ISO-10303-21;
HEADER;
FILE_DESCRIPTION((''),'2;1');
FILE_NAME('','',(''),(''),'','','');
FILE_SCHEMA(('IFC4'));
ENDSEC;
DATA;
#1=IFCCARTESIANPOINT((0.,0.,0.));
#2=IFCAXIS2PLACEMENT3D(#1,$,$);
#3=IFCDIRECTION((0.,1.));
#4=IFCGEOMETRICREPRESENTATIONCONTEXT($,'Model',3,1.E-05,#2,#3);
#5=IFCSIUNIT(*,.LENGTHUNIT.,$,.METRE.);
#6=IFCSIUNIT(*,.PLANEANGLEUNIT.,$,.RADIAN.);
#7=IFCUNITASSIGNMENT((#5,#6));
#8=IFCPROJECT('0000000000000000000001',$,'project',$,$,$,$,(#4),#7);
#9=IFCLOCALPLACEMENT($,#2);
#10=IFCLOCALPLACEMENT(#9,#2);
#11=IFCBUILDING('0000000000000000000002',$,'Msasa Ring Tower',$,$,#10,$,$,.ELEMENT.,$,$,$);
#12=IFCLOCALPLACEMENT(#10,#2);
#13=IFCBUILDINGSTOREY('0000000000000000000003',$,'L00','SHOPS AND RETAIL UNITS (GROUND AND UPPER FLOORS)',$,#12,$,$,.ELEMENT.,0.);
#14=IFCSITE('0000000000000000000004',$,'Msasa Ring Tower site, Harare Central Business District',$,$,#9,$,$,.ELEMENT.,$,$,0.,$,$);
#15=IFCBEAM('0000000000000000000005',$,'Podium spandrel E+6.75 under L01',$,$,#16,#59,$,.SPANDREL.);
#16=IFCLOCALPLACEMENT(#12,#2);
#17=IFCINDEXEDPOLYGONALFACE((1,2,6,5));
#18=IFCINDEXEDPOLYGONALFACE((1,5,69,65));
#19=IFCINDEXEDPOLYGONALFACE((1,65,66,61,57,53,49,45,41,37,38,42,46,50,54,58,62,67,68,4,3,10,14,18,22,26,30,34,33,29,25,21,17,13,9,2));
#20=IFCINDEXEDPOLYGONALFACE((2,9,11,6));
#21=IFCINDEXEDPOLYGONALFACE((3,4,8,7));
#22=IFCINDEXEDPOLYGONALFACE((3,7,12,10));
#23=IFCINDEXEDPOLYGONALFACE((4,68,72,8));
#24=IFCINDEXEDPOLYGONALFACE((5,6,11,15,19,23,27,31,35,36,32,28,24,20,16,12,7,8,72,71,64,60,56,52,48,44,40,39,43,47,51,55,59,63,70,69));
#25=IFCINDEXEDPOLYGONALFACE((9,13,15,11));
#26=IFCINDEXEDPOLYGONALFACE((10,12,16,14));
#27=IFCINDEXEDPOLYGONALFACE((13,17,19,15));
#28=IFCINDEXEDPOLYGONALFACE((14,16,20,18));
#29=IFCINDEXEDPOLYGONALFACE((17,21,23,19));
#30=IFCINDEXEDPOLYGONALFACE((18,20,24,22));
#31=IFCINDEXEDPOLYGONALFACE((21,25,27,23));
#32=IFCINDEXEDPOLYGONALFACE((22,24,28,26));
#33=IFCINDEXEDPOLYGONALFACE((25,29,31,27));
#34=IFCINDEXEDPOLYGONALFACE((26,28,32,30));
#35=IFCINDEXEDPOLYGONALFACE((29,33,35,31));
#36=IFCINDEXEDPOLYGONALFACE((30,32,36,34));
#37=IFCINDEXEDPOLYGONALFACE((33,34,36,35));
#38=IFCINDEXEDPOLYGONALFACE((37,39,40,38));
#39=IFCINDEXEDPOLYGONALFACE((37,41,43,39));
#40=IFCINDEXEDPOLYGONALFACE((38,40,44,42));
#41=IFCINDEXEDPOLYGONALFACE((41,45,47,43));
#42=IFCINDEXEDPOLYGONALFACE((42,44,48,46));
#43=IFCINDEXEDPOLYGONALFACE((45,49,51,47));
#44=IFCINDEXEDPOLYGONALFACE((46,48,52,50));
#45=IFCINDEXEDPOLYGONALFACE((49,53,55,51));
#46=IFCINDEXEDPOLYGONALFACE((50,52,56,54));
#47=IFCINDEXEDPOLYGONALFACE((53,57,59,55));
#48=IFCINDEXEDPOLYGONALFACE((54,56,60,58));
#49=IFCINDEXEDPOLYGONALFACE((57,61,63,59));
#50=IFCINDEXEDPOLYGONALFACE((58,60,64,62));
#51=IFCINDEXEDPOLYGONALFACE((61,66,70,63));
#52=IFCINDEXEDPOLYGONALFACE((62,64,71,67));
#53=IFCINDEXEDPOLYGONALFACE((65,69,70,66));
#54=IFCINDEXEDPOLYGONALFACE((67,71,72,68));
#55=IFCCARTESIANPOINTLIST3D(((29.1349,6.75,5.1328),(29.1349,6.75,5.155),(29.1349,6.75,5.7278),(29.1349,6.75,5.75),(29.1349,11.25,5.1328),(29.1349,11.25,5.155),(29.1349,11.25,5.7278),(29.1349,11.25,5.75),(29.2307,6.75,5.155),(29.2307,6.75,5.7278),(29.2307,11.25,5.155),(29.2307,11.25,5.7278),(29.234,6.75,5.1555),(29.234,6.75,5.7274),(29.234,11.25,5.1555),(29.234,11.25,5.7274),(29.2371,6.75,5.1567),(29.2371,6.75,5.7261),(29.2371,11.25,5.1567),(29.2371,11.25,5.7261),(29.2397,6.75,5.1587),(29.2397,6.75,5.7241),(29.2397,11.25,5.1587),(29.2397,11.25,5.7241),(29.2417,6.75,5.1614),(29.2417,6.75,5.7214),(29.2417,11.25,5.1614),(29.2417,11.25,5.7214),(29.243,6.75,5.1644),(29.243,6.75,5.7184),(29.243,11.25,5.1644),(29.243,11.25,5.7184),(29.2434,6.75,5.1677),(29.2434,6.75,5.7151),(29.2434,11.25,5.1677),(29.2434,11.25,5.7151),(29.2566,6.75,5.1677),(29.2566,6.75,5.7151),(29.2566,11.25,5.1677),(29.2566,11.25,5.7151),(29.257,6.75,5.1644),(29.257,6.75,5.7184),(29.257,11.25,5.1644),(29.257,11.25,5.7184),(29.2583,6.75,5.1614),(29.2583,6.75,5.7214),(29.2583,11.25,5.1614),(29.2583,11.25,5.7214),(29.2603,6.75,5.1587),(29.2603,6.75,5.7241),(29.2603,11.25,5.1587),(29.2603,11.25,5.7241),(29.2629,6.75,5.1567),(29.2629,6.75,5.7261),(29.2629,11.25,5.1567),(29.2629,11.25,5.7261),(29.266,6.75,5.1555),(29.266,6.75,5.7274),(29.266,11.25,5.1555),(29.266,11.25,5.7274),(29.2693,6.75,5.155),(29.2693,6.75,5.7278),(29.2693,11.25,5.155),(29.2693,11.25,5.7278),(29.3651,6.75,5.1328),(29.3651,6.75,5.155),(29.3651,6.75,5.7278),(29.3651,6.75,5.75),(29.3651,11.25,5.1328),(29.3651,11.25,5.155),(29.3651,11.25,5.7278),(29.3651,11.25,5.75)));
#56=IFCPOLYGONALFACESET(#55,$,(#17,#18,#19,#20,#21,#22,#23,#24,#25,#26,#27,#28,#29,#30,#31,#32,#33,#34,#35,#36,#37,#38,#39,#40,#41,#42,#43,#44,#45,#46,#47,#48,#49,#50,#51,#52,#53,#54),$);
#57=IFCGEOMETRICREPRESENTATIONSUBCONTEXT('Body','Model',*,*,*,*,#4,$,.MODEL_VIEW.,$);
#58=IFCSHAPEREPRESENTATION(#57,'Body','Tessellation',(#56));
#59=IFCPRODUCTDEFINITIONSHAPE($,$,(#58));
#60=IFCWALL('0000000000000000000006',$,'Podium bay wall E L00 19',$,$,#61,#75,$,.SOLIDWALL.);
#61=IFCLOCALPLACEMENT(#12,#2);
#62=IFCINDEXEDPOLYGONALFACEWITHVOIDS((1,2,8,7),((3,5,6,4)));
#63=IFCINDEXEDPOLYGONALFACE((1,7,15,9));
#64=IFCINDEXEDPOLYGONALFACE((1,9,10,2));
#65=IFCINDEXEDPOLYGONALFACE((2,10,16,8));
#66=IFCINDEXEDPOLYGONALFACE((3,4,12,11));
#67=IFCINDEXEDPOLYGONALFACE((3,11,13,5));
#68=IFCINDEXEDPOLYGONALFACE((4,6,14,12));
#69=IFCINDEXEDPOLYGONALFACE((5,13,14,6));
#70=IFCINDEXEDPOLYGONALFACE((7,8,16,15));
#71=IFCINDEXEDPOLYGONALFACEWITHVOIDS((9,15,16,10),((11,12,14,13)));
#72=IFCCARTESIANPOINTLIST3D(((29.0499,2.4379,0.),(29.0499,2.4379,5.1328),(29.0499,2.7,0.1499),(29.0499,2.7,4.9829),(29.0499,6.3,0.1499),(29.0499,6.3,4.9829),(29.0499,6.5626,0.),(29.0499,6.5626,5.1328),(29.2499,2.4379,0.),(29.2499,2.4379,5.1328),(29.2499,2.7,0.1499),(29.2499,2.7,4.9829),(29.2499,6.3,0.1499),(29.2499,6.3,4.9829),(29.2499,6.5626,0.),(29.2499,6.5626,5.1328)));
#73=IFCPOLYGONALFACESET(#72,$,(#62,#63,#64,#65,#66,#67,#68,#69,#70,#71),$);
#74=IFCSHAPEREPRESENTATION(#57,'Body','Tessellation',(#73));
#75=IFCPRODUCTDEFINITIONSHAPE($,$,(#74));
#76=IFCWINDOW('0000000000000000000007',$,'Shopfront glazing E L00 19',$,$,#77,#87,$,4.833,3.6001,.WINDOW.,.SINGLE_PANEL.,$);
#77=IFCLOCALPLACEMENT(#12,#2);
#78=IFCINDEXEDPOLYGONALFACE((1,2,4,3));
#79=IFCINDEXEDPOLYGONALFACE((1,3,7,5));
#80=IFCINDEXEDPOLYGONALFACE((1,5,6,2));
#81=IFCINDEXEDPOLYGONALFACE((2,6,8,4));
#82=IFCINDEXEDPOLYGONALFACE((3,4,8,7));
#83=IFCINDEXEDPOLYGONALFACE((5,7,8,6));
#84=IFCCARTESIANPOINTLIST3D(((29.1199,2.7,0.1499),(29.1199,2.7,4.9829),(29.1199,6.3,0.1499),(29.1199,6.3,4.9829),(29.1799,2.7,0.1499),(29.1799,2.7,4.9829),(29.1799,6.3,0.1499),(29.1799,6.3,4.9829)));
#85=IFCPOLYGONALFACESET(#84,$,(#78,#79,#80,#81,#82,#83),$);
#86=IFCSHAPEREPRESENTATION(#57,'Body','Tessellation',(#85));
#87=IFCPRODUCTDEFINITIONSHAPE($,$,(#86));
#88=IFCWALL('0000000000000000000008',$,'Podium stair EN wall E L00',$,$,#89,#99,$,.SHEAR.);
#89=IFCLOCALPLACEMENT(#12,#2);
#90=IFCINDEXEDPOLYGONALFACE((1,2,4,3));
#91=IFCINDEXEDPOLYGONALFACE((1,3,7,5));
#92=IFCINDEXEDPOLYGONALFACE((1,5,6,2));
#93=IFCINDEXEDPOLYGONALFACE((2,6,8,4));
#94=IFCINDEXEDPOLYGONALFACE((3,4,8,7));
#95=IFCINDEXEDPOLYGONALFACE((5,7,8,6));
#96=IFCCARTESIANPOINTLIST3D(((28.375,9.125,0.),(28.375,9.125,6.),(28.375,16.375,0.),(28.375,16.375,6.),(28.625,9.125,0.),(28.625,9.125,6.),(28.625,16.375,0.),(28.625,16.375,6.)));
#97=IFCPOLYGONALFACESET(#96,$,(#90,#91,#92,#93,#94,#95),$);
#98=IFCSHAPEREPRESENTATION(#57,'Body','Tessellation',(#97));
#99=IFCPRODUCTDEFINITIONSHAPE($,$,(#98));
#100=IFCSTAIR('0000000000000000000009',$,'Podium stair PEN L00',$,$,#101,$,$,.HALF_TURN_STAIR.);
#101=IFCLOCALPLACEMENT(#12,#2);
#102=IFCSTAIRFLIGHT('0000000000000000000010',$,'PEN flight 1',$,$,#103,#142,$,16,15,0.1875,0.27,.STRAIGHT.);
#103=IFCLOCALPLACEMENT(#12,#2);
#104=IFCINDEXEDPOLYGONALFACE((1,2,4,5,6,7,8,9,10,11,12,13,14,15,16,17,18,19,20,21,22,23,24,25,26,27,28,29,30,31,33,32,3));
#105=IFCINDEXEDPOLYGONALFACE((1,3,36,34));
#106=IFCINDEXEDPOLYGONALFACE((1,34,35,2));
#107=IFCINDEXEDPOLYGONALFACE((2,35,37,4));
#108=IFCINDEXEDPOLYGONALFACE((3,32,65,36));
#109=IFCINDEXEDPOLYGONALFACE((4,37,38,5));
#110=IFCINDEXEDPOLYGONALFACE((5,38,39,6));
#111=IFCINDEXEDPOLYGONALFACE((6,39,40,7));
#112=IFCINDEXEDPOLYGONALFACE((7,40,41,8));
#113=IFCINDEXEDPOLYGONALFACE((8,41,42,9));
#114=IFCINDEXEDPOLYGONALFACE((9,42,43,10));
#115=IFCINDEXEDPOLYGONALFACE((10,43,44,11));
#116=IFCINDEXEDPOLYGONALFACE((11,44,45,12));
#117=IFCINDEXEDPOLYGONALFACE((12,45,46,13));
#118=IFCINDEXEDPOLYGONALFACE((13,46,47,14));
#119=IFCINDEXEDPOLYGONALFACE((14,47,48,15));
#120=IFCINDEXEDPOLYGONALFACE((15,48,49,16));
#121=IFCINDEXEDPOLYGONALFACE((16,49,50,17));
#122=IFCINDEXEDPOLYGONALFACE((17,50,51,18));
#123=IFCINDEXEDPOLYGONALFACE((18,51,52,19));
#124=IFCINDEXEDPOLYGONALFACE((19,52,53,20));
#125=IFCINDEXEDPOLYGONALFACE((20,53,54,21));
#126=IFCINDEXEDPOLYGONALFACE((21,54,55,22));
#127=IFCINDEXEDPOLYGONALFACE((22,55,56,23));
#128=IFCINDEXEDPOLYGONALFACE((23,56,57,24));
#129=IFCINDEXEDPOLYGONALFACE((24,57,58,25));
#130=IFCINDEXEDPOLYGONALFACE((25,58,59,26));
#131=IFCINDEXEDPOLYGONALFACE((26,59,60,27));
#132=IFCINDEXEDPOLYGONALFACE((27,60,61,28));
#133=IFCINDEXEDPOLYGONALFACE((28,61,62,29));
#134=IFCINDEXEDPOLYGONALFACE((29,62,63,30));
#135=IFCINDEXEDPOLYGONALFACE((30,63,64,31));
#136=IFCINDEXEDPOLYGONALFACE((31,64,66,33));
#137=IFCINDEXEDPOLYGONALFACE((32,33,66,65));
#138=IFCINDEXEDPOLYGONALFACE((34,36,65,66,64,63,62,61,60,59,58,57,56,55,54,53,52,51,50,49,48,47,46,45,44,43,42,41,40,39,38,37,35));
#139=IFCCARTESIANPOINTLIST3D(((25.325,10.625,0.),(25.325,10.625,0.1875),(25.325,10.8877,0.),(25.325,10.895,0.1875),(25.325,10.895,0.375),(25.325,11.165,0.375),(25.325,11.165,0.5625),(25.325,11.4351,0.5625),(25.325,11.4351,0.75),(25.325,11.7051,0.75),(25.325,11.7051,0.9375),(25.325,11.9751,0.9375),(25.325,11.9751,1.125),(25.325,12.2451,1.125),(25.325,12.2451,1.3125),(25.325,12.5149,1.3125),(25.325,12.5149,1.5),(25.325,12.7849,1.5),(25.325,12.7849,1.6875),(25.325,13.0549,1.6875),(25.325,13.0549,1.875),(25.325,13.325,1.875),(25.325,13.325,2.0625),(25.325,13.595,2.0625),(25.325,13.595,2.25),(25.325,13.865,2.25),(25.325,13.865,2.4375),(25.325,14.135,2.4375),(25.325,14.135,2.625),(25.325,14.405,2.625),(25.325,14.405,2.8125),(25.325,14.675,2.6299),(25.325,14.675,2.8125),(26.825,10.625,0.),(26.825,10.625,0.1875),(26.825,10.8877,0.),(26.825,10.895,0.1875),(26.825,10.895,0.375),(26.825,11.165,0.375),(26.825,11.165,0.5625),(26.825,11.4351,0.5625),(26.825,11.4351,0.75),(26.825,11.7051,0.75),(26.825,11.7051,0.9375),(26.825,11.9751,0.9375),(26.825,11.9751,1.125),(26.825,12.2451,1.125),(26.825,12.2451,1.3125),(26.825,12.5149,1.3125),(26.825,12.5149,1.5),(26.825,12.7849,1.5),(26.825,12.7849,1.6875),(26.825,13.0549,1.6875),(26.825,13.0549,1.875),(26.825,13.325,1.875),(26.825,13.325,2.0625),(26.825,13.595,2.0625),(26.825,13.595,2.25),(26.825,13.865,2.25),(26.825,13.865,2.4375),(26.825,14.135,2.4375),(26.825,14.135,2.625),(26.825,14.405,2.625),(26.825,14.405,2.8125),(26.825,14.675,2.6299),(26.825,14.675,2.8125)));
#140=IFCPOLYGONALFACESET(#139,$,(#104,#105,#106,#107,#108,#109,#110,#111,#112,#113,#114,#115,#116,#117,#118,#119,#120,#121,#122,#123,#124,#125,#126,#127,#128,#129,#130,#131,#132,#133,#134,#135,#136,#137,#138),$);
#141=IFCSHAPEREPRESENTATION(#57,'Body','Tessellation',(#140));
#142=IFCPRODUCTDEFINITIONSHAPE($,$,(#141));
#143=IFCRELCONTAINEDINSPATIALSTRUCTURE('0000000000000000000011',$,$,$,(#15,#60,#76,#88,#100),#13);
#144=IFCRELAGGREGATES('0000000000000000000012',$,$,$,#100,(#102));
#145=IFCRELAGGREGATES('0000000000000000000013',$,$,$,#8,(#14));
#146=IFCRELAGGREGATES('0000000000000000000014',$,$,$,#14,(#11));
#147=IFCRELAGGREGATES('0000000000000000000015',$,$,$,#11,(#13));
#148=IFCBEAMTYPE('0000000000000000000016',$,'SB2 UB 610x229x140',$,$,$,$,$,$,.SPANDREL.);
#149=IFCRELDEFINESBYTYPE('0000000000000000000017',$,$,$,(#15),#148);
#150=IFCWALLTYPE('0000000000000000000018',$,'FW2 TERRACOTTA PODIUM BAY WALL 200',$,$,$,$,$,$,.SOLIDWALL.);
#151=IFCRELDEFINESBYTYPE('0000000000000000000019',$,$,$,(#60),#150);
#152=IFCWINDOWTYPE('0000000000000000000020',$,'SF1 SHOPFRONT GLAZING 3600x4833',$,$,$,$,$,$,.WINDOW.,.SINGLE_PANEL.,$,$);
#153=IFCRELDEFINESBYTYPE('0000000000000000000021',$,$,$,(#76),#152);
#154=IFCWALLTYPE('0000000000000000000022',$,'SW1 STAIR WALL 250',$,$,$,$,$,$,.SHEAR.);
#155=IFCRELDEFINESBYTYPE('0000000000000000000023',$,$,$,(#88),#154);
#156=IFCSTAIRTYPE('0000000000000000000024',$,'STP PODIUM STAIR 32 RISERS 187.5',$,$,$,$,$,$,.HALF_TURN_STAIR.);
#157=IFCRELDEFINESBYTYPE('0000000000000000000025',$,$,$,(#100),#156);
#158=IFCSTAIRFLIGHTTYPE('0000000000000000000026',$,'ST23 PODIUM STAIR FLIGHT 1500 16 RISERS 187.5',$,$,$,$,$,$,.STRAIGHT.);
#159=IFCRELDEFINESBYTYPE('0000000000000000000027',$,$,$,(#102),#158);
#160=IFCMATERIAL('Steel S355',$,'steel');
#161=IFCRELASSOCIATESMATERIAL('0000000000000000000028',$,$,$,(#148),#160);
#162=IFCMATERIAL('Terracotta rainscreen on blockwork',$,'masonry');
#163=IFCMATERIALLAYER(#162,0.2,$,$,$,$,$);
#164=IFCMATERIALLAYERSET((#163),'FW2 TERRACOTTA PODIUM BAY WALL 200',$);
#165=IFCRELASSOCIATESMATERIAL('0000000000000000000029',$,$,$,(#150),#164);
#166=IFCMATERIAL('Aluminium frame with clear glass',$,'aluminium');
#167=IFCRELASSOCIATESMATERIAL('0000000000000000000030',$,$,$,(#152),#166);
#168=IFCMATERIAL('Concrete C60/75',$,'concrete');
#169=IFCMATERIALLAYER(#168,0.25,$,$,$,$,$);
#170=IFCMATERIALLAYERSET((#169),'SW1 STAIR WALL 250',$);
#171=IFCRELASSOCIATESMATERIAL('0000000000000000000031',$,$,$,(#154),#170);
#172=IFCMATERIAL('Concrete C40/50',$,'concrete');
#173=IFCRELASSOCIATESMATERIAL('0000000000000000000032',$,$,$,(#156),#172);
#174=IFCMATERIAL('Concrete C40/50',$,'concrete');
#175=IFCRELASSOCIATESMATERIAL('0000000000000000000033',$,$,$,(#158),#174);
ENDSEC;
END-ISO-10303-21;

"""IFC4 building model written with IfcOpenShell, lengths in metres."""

from ifc_helpers import new_model, si_unit, direction, frame, frame_2d, origin, origin_2d, place, context, subcontext, project, spatial, polyline, rectangle, i_section, outline, extrude, material, layer, layer_set, material_profile, profile_set, type_object, element, fill, aggregate, save


model = new_model("IFC4")

# Units and contexts
model_context = context("Model", 3, precision=1e-05, world=origin(), true_north=direction((0.0, 1.0)))
body_context = subcontext(model_context, "Body", "Model", "MODEL_VIEW")
ifc_project = project(units=[si_unit("LENGTHUNIT", "METRE"), si_unit("PLANEANGLEUNIT", "RADIAN")], contexts=[model_context])

# Site, building, storey
site_placement = place(None, origin())
site = spatial("IfcSite", under=ifc_project, at=site_placement, Name="Msasa Ring Tower site, Harare Central Business District", CompositionType="ELEMENT", RefElevation=0.0)
building_placement = place(site_placement, origin())
building = spatial("IfcBuilding", under=site, at=building_placement, Name="Msasa Ring Tower", CompositionType="ELEMENT")
storey_placement = place(building_placement, origin())
storey = spatial("IfcBuildingStorey", under=building, at=storey_placement, Name="L00", Description="SHOPS AND RETAIL UNITS (GROUND AND UPPER FLOORS)", CompositionType="ELEMENT", Elevation=0.0)

# Beam
ifc_material_1 = material(Name="Steel S355", Category="steel")
ifc_material_profile_1 = material_profile(ifc_material_1, i_section(OverallWidth=0.2302, OverallDepth=0.6172, WebThickness=0.0132, FlangeThickness=0.0222, FilletRadius=0.0127, at=origin_2d()), Name="UB 610x229x140")
ifc_profile_set_1 = profile_set([ifc_material_profile_1], Name="Steel S355")
beam_type_1 = type_object("IfcBeamType", Name="SB2 UB 610x229x140", PredefinedType="SPANDREL", material=ifc_profile_set_1)
for number, where, z_axis, x_axis, name in (
    (1, (29.25, 6.75, 5.4414), (0.0, 1.0, 0.0), (-1.0, 0.0, 0.0), "Podium spandrel E+6.75 under L01"),
):
    element("IfcBeam", number, at=place(storey_placement, frame(where, z_axis=z_axis, x_axis=x_axis)), inside=storey, type_object=beam_type_1, Name=name, PredefinedType="SPANDREL", context=body_context, shape_type="SweptSolid", body=[
        extrude(i_section(OverallWidth=0.2302, OverallDepth=0.6172, WebThickness=0.0132, FlangeThickness=0.0222, FilletRadius=0.0127, at=origin_2d()), origin(), (0.0, 0.0, 1.0), 4.5),
    ])

# Wall, opening, window
ifc_material_2 = material(Name="Terracotta rainscreen on blockwork", Category="masonry")
ifc_layer_1 = layer(ifc_material_2, 0.2)
ifc_layer_set_1 = layer_set([ifc_layer_1], Name="FW2 TERRACOTTA PODIUM BAY WALL 200")
wall_type_1 = type_object("IfcWallType", Name="FW2 TERRACOTTA PODIUM BAY WALL 200", PredefinedType="SOLIDWALL", material=ifc_layer_set_1)
wall_1_placement = place(storey_placement, frame((29.1499, 2.4377, 0.0), z_axis=(0.0, 0.0, 1.0), x_axis=(0.0, 1.0, 0.0)))
wall_1 = element("IfcWall", 2, at=wall_1_placement, inside=storey, type_object=wall_type_1, Name="Podium bay wall E L00 19", PredefinedType="SOLIDWALL", context=body_context, shape_type="SweptSolid", body=[
    extrude(rectangle(XDim=4.1248, YDim=0.2, at=frame_2d((2.0625, 0.0))), origin(), (0.0, 0.0, 1.0), 5.1328),
])
opening_1_placement = place(wall_1_placement, frame((0.2622, 0.0, 0.1499)))
opening_1 = element("IfcOpeningElement", 3, at=opening_1_placement, cuts=wall_1, PredefinedType="OPENING", context=body_context, shape_type="SweptSolid", body=[
    extrude(rectangle(XDim=3.6001, YDim=4.833, at=frame_2d((1.8, 2.4165))), frame((0.0, 0.1099, 0.0), z_axis=(0.0, -1.0, 0.0), x_axis=(1.0, 0.0, 0.0)), (0.0, 0.0, 1.0), 0.22),
])
ifc_material_3 = material(Name="Aluminium frame with clear glass", Category="aluminium")
window_type_1 = type_object("IfcWindowType", Name="SF1 SHOPFRONT GLAZING 3600x4833", PartitioningType="SINGLE_PANEL", PredefinedType="WINDOW", material=ifc_material_3)
window_1_placement = place(opening_1_placement, origin())
window_1 = element("IfcWindow", 4, at=window_1_placement, inside=storey, type_object=window_type_1, Name="Shopfront glazing E L00 19", OverallHeight=4.833, OverallWidth=3.6001, PartitioningType="SINGLE_PANEL", PredefinedType="WINDOW", context=body_context, shape_type="SweptSolid", body=[
    extrude(rectangle(XDim=3.6001, YDim=4.833, at=frame_2d((1.8, 2.4165))), frame((0.0, 0.03, 0.0), z_axis=(0.0, -1.0, 0.0), x_axis=(1.0, 0.0, 0.0)), (0.0, 0.0, 1.0), 0.0601),
])
fill(opening_1, window_1)

# Wall
ifc_material_4 = material(Name="Concrete C60/75", Category="concrete")
ifc_layer_2 = layer(ifc_material_4, 0.25)
ifc_layer_set_2 = layer_set([ifc_layer_2], Name="SW1 STAIR WALL 250")
wall_type_2 = type_object("IfcWallType", Name="SW1 STAIR WALL 250", PredefinedType="SHEAR", material=ifc_layer_set_2)
wall_2_placement = place(storey_placement, frame((28.5, 9.125, 0.0), z_axis=(0.0, 0.0, 1.0), x_axis=(0.0, 1.0, 0.0)))
element("IfcWall", 5, at=wall_2_placement, inside=storey, type_object=wall_type_2, Name="Podium stair EN wall E L00", PredefinedType="SHEAR", context=body_context, shape_type="SweptSolid", body=[
    extrude(rectangle(XDim=7.25, YDim=0.25, at=frame_2d((3.625, 0.0))), origin(), (0.0, 0.0, 1.0), 6.0),
])

# Stair, stair flight
ifc_material_5 = material(Name="Concrete C40/50", Category="concrete")
stair_type = type_object("IfcStairType", Name="STP PODIUM STAIR 32 RISERS 187.5", PredefinedType="HALF_TURN_STAIR", material=ifc_material_5)
stair_placement = place(storey_placement, origin())
stair = element("IfcStair", 6, at=stair_placement, inside=storey, type_object=stair_type, Name="Podium stair PEN L00", PredefinedType="HALF_TURN_STAIR")
ifc_material_6 = material(Name="Concrete C40/50", Category="concrete")
stair_flight_type = type_object("IfcStairFlightType", Name="ST23 PODIUM STAIR FLIGHT 1500 16 RISERS 187.5", PredefinedType="STRAIGHT", material=ifc_material_6)
stair_flight_placement = place(storey_placement, frame((26.075, 10.625, 0.0), z_axis=(0.0, 0.0, 1.0), x_axis=(0.0, 1.0, 0.0)))
stair_flight = element("IfcStairFlight", 7, at=stair_flight_placement, type_object=stair_flight_type, Name="PEN flight 1", NumberOfRisers=16, NumberOfTreads=15, PredefinedType="STRAIGHT", RiserHeight=0.1875, TreadLength=0.27, context=body_context, shape_type="SweptSolid", body=[
    extrude(outline(polyline([(0.0, 0.0), (0.0, 0.1875), (0.27, 0.1875), (0.27, 0.375), (0.54, 0.375), (0.54, 0.5625), (0.8101, 0.5625), (0.8101, 0.75), (1.0801, 0.75), (1.0801, 0.9375), (1.3501, 0.9375), (1.3501, 1.125), (1.6201, 1.125), (1.6201, 1.3125), (1.8899, 1.3125), (1.8899, 1.5), (2.1599, 1.5), (2.1599, 1.6875), (2.4299, 1.6875), (2.4299, 1.875), (2.7, 1.875), (2.7, 2.0625), (2.97, 2.0625), (2.97, 2.25), (3.24, 2.25), (3.24, 2.4375), (3.51, 2.4375), (3.51, 2.625), (3.78, 2.625), (3.78, 2.8125), (4.05, 2.8125), (4.05, 3.0), (4.05, 2.6299), (0.2627, 0.0), (0.0, 0.0)])), frame((0.0, 0.75, 0.0), z_axis=(0.0, -1.0, 0.0), x_axis=(1.0, 0.0, 0.0)), (0.0, 0.0, 1.0), 1.5),
])
aggregate(stair, [stair_flight])

save(model, "model.ifc")
